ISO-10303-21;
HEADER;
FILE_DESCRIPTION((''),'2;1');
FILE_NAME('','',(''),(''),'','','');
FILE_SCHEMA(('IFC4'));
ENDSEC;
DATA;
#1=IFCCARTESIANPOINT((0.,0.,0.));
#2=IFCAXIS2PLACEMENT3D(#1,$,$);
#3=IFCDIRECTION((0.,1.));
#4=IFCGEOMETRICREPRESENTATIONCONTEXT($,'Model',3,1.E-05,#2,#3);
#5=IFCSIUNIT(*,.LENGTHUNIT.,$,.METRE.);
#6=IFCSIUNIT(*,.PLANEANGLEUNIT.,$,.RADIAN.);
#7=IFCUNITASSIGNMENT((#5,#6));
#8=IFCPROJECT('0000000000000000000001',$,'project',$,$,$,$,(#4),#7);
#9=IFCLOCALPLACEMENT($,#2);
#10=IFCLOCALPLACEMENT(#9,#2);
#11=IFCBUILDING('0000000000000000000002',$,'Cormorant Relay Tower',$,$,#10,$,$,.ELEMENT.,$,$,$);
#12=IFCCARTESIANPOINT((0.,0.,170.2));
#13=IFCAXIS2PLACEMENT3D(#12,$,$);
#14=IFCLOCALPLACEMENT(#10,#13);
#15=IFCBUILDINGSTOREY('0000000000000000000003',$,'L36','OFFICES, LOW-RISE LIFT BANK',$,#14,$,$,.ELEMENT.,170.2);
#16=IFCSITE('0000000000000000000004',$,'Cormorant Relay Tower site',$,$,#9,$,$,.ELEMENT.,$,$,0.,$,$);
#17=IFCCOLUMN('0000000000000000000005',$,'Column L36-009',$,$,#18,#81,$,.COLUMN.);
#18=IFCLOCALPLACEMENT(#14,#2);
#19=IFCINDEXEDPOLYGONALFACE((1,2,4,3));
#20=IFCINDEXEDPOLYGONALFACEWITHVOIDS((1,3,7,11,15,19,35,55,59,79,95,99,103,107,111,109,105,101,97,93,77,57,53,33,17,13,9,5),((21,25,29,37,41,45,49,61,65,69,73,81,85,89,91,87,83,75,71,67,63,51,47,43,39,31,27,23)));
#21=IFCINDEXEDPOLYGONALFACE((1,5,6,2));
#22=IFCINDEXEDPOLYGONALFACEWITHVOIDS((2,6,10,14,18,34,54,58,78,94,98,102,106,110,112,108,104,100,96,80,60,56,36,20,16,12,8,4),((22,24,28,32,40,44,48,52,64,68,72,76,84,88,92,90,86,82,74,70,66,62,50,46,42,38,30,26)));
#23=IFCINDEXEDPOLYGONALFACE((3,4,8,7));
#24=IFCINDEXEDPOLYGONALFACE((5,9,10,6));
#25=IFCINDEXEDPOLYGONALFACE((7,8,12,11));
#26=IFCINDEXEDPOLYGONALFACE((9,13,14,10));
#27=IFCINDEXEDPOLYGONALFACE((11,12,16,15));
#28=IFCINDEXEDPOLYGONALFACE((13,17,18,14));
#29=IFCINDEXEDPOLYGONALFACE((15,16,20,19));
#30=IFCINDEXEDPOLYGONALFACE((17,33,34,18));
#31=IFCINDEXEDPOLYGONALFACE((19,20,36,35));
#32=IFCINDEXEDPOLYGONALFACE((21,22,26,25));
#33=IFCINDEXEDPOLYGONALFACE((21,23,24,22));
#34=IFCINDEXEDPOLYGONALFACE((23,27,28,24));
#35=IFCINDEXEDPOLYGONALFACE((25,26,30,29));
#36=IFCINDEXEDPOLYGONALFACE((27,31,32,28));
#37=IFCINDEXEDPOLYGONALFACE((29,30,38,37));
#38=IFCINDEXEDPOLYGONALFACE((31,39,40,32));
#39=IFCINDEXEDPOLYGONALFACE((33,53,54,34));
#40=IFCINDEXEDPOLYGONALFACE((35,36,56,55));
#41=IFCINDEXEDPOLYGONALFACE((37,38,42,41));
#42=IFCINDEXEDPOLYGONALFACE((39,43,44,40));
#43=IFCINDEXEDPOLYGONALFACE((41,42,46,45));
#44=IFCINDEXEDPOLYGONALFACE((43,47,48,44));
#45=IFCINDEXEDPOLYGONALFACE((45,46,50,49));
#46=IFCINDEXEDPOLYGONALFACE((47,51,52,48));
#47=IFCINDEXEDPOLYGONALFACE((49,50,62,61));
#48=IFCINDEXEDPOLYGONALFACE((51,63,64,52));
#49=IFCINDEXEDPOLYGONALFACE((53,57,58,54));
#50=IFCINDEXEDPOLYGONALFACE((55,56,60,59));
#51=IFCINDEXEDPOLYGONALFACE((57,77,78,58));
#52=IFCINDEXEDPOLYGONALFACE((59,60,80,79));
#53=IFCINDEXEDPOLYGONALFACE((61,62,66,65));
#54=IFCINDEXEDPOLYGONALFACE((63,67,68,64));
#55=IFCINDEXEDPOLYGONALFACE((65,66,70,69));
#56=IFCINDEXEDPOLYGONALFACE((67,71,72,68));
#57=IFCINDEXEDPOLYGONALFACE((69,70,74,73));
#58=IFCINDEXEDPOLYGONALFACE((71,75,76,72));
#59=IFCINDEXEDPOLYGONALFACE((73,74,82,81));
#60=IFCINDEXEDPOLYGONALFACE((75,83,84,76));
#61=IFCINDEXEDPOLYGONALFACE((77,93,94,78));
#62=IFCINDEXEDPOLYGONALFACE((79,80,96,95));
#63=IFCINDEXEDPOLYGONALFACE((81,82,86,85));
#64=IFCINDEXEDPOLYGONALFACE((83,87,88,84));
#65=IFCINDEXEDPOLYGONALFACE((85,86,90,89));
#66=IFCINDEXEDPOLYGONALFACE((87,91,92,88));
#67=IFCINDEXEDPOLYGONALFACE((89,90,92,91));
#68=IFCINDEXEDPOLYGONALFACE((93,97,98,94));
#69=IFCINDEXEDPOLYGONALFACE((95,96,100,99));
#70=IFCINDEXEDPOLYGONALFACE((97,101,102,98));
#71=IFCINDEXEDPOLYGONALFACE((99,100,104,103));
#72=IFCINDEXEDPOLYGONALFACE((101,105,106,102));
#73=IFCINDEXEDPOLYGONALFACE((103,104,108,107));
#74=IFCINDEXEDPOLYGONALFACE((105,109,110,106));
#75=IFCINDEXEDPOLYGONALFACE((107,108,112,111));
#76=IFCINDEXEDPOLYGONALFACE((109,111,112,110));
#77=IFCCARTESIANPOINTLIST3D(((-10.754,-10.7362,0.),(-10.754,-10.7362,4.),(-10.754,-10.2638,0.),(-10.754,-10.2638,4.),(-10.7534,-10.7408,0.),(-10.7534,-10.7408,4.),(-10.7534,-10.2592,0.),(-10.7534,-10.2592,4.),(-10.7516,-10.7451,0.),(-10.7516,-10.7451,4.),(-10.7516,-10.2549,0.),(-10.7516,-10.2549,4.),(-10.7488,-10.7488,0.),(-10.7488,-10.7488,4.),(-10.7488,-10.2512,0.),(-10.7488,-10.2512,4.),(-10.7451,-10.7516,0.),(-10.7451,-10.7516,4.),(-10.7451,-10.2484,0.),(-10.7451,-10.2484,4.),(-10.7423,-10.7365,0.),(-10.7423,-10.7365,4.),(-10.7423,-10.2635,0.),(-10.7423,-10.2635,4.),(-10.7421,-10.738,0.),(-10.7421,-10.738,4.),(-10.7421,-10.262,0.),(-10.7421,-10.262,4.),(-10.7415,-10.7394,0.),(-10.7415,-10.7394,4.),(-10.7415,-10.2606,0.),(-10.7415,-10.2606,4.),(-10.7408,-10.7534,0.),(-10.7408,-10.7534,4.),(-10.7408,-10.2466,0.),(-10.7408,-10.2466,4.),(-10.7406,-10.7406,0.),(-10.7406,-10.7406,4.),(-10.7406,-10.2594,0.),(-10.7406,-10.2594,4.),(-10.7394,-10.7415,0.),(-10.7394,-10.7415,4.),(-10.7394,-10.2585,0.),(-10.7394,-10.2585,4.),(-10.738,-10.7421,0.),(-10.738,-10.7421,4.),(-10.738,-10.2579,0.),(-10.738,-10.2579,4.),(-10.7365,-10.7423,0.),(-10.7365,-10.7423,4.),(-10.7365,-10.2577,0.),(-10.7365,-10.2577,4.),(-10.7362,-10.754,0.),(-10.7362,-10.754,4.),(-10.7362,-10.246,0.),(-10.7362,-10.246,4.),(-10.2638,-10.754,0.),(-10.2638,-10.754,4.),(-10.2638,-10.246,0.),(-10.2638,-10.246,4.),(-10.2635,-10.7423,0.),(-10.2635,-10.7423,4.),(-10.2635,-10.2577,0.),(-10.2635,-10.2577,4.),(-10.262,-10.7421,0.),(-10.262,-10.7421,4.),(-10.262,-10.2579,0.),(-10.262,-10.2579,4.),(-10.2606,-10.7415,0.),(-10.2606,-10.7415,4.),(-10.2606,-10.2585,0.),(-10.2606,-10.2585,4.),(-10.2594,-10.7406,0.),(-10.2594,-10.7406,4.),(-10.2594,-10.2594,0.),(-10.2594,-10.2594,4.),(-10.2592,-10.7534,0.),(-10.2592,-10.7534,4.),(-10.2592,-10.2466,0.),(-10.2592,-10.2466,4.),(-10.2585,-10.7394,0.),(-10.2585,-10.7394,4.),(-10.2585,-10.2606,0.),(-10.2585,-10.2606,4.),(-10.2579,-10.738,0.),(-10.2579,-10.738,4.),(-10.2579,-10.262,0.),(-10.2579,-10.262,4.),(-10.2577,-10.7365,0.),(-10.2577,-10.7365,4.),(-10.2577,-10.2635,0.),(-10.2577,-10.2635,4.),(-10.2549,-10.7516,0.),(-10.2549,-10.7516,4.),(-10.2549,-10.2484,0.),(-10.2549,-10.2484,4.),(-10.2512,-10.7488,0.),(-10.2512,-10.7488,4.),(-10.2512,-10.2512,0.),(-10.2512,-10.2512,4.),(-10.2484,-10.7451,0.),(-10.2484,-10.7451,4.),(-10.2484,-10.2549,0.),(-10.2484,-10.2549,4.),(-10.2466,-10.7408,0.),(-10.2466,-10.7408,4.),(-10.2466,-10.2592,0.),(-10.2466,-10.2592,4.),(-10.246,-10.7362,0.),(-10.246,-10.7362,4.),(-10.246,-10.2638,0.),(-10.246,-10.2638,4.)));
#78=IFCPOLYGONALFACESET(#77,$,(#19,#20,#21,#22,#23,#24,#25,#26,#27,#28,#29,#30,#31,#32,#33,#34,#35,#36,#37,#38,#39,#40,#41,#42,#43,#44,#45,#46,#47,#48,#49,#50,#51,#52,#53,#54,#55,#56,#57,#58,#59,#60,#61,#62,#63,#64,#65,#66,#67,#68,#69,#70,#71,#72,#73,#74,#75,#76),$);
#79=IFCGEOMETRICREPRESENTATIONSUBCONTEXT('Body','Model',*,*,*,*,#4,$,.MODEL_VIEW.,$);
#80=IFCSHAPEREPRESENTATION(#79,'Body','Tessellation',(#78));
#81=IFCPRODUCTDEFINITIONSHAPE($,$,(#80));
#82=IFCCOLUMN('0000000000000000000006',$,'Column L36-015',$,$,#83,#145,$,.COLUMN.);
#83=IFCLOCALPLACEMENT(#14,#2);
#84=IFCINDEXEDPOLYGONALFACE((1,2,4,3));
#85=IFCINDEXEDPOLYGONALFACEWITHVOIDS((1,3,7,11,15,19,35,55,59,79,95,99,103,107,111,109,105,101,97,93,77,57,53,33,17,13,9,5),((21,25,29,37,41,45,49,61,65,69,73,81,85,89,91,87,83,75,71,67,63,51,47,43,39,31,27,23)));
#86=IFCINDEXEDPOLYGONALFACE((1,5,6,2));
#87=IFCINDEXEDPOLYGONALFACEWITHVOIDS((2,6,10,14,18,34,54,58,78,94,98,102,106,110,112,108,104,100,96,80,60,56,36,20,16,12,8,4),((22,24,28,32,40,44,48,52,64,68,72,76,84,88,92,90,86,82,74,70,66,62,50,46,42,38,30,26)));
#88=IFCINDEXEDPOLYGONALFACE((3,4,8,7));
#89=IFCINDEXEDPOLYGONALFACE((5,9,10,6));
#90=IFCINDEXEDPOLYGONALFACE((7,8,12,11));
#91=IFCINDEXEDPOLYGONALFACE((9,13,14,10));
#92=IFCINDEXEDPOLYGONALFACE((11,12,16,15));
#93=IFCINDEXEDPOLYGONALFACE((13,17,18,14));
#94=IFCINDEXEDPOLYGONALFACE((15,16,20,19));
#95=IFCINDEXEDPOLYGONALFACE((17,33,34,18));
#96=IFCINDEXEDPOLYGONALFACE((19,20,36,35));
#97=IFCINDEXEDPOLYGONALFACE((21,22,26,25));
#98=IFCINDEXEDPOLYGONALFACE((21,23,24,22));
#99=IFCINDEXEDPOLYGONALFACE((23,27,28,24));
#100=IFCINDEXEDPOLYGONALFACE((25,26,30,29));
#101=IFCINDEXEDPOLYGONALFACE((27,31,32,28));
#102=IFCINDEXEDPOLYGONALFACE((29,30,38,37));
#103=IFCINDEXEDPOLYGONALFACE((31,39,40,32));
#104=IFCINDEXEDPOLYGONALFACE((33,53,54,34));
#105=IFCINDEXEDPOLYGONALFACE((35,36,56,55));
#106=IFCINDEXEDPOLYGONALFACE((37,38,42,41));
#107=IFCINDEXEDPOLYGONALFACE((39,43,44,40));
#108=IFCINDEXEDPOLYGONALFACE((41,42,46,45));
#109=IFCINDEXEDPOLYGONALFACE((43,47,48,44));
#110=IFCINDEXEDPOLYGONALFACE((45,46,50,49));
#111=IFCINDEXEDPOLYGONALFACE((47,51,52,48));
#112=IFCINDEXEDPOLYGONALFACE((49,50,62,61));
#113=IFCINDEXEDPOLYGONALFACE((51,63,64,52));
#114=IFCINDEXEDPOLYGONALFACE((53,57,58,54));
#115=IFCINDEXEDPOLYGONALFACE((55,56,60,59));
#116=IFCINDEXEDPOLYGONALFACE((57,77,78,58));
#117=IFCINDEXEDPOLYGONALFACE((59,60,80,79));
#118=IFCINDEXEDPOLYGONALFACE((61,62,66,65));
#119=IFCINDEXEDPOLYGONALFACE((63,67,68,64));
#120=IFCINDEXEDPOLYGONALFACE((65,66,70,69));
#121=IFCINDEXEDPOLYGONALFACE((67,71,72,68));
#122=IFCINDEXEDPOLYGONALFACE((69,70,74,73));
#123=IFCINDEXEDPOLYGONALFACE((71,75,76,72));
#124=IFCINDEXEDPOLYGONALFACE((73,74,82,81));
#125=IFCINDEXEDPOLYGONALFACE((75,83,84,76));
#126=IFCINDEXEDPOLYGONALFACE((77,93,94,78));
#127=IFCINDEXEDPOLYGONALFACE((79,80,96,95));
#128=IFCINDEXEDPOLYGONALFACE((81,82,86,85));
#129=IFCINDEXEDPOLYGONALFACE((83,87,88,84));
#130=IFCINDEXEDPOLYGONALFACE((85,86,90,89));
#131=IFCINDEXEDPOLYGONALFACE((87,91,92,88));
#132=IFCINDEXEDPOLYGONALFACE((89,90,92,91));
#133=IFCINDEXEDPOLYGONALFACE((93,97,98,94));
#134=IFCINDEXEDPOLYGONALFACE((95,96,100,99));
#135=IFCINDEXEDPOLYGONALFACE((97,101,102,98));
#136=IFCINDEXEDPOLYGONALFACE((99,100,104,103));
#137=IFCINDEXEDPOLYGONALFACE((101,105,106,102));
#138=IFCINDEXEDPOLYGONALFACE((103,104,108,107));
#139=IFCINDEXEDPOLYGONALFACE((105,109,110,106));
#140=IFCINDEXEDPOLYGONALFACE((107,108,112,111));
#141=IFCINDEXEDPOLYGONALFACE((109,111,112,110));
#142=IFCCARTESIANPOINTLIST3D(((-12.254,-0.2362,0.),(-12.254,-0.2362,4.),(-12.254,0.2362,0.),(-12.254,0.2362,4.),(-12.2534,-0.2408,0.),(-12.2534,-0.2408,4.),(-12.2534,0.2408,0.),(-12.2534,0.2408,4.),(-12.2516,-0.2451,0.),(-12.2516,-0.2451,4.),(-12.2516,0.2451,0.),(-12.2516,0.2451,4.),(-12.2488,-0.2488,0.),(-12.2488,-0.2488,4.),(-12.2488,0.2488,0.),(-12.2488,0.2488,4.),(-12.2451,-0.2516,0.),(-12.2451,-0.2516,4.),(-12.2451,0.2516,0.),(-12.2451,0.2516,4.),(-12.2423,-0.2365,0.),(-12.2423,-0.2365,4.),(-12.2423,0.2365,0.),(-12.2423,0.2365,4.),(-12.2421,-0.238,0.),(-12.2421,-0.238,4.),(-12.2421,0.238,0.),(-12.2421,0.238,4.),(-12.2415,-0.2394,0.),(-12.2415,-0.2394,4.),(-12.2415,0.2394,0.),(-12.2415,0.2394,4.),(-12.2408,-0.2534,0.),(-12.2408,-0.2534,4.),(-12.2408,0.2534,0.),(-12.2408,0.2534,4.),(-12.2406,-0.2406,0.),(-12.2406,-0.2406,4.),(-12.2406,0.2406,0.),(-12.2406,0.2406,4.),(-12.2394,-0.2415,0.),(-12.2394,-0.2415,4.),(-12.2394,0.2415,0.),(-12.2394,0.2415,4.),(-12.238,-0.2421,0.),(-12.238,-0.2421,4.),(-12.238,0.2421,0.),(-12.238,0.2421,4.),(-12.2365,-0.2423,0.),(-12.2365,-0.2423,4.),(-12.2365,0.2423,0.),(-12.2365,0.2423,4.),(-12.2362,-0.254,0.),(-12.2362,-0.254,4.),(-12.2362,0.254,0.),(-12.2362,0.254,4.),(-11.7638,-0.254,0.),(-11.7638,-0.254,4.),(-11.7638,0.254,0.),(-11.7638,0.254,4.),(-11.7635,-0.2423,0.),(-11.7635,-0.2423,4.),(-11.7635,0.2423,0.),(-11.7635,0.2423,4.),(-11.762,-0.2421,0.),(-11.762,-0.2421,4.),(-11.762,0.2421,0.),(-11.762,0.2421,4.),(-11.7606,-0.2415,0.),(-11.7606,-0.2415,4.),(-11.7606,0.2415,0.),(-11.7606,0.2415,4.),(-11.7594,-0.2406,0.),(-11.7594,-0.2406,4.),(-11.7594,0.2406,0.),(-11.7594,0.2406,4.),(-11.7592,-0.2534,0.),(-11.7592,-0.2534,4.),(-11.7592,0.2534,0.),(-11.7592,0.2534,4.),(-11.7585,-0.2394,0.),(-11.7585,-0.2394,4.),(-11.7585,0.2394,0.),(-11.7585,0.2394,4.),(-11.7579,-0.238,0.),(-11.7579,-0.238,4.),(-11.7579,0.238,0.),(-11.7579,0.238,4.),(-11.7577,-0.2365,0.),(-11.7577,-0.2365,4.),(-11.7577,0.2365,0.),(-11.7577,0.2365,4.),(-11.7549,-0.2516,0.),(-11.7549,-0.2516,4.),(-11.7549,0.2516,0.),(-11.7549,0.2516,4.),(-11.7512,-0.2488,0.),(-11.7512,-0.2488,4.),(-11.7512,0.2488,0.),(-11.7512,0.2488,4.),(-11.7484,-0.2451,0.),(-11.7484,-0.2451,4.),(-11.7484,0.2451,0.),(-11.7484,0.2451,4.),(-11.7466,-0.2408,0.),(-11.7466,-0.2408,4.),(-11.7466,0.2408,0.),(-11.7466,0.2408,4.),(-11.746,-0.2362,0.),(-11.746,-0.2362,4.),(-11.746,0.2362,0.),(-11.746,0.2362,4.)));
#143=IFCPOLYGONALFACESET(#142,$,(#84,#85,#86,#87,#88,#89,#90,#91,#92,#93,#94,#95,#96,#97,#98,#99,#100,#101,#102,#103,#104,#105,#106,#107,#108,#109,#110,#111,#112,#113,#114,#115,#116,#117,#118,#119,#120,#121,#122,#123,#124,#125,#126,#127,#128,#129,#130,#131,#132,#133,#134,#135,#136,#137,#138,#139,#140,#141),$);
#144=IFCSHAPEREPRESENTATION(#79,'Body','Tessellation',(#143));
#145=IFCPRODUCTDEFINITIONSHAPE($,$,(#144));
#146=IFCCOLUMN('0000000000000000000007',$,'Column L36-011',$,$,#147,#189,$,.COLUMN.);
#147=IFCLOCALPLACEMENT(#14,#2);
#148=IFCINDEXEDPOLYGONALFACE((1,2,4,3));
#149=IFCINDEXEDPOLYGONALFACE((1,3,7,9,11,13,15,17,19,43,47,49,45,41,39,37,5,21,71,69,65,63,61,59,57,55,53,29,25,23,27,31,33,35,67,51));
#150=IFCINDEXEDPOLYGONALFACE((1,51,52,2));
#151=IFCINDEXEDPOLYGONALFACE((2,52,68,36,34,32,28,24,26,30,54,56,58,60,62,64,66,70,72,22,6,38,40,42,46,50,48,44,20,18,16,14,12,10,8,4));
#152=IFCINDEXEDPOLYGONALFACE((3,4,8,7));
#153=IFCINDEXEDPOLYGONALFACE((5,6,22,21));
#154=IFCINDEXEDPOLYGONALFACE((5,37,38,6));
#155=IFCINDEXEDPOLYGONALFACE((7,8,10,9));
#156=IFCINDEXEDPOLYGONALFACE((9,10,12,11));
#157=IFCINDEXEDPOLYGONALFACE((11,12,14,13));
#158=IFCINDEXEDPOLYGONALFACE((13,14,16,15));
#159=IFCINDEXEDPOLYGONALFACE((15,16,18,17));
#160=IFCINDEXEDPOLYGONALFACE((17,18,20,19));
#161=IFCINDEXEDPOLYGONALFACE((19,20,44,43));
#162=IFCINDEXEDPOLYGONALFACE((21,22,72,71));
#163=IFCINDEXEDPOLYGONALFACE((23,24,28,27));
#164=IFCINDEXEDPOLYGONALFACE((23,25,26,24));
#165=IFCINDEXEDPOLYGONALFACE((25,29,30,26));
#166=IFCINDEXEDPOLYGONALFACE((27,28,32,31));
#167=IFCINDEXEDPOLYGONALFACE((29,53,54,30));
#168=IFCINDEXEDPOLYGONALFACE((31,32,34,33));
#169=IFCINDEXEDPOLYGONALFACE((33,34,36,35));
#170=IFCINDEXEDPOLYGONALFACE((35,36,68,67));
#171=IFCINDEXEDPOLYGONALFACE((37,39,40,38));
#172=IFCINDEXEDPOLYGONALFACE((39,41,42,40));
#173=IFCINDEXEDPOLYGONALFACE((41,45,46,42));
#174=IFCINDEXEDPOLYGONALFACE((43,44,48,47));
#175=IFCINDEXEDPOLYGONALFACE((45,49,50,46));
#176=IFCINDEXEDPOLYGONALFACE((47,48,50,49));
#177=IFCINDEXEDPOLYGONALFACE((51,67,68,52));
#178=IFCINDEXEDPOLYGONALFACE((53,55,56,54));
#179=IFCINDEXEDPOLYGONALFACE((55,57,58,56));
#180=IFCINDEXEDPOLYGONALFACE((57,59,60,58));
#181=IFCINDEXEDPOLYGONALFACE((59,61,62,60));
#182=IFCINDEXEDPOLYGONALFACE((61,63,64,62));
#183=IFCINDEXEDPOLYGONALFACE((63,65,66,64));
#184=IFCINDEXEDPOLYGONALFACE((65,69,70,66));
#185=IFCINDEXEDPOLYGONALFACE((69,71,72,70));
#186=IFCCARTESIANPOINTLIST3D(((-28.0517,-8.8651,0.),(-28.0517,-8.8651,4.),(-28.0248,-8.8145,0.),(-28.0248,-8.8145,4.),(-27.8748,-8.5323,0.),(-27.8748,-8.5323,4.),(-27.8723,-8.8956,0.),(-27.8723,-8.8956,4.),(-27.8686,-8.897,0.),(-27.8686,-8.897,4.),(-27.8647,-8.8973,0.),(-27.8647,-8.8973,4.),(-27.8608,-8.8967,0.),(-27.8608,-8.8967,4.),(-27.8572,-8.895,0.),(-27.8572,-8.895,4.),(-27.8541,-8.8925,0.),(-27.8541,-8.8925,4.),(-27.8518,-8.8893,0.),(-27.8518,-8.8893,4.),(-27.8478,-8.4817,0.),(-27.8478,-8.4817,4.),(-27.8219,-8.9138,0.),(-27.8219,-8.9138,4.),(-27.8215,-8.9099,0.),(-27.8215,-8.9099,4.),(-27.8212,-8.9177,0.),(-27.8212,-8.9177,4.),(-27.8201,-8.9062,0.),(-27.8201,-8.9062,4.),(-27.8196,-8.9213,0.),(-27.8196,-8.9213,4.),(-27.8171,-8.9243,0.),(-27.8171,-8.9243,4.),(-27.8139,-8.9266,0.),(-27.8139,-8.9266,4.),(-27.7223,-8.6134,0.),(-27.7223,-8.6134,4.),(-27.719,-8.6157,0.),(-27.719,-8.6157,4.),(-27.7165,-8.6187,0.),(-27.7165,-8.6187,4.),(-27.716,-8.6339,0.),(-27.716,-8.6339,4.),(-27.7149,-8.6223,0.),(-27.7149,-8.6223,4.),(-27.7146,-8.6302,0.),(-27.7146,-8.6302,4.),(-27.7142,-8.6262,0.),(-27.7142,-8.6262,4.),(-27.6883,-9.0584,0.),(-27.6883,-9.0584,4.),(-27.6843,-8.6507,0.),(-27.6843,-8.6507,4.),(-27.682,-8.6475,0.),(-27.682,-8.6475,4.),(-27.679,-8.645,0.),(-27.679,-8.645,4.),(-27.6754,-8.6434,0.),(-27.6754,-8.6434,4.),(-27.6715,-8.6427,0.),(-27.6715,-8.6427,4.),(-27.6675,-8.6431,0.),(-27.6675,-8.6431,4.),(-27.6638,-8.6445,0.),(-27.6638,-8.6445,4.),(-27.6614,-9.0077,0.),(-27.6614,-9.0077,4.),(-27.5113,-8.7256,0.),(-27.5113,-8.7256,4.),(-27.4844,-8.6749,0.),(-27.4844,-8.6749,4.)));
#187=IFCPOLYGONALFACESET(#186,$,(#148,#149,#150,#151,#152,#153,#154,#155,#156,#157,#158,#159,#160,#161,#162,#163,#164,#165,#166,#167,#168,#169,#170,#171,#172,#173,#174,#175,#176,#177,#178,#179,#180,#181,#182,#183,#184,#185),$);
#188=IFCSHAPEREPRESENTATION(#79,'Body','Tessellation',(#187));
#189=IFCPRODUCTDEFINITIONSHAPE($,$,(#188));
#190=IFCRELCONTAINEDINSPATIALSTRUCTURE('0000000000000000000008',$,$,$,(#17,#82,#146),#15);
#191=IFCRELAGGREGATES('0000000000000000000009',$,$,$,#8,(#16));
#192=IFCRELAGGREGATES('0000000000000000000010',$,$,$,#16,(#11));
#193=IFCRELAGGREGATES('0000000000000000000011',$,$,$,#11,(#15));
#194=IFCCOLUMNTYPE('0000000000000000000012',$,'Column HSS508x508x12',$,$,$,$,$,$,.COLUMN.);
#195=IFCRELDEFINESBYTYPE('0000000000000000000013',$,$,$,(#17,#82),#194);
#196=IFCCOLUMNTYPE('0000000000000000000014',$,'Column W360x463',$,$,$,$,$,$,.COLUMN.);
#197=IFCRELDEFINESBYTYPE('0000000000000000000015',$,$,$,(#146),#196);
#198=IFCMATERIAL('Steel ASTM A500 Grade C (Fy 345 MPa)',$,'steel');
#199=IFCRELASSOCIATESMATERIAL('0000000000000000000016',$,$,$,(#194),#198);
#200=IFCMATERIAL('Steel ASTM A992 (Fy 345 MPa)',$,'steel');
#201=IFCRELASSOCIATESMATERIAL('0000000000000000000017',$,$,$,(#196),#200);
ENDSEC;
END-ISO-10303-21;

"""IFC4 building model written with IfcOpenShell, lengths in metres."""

from ifc_helpers import new_model, si_unit, direction, frame, origin, origin_2d, place, context, subcontext, project, spatial, hollow_rectangle, i_section, extrude, material, material_profile, profile_set, type_object, element, save


model = new_model("IFC4")

# Units and contexts
model_context = context("Model", 3, precision=1e-05, world=origin(), true_north=direction((0.0, 1.0)))
body_context = subcontext(model_context, "Body", "Model", "MODEL_VIEW")
ifc_project = project(units=[si_unit("LENGTHUNIT", "METRE"), si_unit("PLANEANGLEUNIT", "RADIAN")], contexts=[model_context])

# Site, building, storey
site_placement = place(None, origin())
site = spatial("IfcSite", under=ifc_project, at=site_placement, Name="Cormorant Relay Tower site", CompositionType="ELEMENT", RefElevation=0.0)
building_placement = place(site_placement, origin())
building = spatial("IfcBuilding", under=site, at=building_placement, Name="Cormorant Relay Tower", CompositionType="ELEMENT")
storey_placement = place(building_placement, frame((0.0, 0.0, 170.2)))
storey = spatial("IfcBuildingStorey", under=building, at=storey_placement, Name="L36", Description="OFFICES, LOW-RISE LIFT BANK", CompositionType="ELEMENT", Elevation=170.2)

# Columns
ifc_material_1 = material(Name="Steel ASTM A500 Grade C (Fy 345 MPa)", Category="steel")
ifc_material_profile_1 = material_profile(ifc_material_1, hollow_rectangle(XDim=0.5081, YDim=0.5081, WallThickness=0.0117, InnerFilletRadius=0.0059, OuterFilletRadius=0.0178, at=origin_2d()), Name="HSS508x508x12")
ifc_profile_set_1 = profile_set([ifc_material_profile_1], Name="Steel ASTM A500 Grade C (Fy 345 MPa)")
column_type_1 = type_object("IfcColumnType", Name="Column HSS508x508x12", PredefinedType="COLUMN", material=ifc_profile_set_1)
for number, where, z_axis, x_axis, name in (
    (1, (-10.5, -10.5, 0.0), (0.0, 0.0, 1.0), (1.0, 0.0, 0.0), "Column L36-009"),
    (2, (-12.0, 0.0, 0.0), (0.0, 0.0, 1.0), (1.0, 0.0, 0.0), "Column L36-015"),
):
    element("IfcColumn", number, at=place(storey_placement, frame(where, z_axis=z_axis, x_axis=x_axis)), inside=storey, type_object=column_type_1, Name=name, PredefinedType="COLUMN", context=body_context, shape_type="SweptSolid", body=[
        extrude(hollow_rectangle(XDim=0.5081, YDim=0.5081, WallThickness=0.0117, InnerFilletRadius=0.0059, OuterFilletRadius=0.0178, at=origin_2d()), origin(), (0.0, 0.0, 1.0), 4.0),
    ])
ifc_material_2 = material(Name="Steel ASTM A992 (Fy 345 MPa)", Category="steel")
ifc_material_profile_2 = material_profile(ifc_material_2, i_section(OverallWidth=0.4116, OverallDepth=0.4343, WebThickness=0.0359, FlangeThickness=0.0574, FilletRadius=0.0151, at=origin_2d()), Name="W360x463")
ifc_profile_set_2 = profile_set([ifc_material_profile_2], Name="Steel ASTM A992 (Fy 345 MPa)")
column_type_2 = type_object("IfcColumnType", Name="Column W360x463", PredefinedType="COLUMN", material=ifc_profile_set_2)
column_placement = place(storey_placement, frame((-27.7681, -8.77, 0.0), z_axis=(0.0, 0.0, 1.0), x_axis=(0.882948, -0.469472, 0.0)))
element("IfcColumn", 3, at=column_placement, inside=storey, type_object=column_type_2, Name="Column L36-011", PredefinedType="COLUMN", context=body_context, shape_type="SweptSolid", body=[
    extrude(i_section(OverallWidth=0.4116, OverallDepth=0.4343, WebThickness=0.0359, FlangeThickness=0.0574, FilletRadius=0.0151, at=origin_2d()), origin(), (0.0, 0.0, 1.0), 4.0),
])

save(model, "model.ifc")
